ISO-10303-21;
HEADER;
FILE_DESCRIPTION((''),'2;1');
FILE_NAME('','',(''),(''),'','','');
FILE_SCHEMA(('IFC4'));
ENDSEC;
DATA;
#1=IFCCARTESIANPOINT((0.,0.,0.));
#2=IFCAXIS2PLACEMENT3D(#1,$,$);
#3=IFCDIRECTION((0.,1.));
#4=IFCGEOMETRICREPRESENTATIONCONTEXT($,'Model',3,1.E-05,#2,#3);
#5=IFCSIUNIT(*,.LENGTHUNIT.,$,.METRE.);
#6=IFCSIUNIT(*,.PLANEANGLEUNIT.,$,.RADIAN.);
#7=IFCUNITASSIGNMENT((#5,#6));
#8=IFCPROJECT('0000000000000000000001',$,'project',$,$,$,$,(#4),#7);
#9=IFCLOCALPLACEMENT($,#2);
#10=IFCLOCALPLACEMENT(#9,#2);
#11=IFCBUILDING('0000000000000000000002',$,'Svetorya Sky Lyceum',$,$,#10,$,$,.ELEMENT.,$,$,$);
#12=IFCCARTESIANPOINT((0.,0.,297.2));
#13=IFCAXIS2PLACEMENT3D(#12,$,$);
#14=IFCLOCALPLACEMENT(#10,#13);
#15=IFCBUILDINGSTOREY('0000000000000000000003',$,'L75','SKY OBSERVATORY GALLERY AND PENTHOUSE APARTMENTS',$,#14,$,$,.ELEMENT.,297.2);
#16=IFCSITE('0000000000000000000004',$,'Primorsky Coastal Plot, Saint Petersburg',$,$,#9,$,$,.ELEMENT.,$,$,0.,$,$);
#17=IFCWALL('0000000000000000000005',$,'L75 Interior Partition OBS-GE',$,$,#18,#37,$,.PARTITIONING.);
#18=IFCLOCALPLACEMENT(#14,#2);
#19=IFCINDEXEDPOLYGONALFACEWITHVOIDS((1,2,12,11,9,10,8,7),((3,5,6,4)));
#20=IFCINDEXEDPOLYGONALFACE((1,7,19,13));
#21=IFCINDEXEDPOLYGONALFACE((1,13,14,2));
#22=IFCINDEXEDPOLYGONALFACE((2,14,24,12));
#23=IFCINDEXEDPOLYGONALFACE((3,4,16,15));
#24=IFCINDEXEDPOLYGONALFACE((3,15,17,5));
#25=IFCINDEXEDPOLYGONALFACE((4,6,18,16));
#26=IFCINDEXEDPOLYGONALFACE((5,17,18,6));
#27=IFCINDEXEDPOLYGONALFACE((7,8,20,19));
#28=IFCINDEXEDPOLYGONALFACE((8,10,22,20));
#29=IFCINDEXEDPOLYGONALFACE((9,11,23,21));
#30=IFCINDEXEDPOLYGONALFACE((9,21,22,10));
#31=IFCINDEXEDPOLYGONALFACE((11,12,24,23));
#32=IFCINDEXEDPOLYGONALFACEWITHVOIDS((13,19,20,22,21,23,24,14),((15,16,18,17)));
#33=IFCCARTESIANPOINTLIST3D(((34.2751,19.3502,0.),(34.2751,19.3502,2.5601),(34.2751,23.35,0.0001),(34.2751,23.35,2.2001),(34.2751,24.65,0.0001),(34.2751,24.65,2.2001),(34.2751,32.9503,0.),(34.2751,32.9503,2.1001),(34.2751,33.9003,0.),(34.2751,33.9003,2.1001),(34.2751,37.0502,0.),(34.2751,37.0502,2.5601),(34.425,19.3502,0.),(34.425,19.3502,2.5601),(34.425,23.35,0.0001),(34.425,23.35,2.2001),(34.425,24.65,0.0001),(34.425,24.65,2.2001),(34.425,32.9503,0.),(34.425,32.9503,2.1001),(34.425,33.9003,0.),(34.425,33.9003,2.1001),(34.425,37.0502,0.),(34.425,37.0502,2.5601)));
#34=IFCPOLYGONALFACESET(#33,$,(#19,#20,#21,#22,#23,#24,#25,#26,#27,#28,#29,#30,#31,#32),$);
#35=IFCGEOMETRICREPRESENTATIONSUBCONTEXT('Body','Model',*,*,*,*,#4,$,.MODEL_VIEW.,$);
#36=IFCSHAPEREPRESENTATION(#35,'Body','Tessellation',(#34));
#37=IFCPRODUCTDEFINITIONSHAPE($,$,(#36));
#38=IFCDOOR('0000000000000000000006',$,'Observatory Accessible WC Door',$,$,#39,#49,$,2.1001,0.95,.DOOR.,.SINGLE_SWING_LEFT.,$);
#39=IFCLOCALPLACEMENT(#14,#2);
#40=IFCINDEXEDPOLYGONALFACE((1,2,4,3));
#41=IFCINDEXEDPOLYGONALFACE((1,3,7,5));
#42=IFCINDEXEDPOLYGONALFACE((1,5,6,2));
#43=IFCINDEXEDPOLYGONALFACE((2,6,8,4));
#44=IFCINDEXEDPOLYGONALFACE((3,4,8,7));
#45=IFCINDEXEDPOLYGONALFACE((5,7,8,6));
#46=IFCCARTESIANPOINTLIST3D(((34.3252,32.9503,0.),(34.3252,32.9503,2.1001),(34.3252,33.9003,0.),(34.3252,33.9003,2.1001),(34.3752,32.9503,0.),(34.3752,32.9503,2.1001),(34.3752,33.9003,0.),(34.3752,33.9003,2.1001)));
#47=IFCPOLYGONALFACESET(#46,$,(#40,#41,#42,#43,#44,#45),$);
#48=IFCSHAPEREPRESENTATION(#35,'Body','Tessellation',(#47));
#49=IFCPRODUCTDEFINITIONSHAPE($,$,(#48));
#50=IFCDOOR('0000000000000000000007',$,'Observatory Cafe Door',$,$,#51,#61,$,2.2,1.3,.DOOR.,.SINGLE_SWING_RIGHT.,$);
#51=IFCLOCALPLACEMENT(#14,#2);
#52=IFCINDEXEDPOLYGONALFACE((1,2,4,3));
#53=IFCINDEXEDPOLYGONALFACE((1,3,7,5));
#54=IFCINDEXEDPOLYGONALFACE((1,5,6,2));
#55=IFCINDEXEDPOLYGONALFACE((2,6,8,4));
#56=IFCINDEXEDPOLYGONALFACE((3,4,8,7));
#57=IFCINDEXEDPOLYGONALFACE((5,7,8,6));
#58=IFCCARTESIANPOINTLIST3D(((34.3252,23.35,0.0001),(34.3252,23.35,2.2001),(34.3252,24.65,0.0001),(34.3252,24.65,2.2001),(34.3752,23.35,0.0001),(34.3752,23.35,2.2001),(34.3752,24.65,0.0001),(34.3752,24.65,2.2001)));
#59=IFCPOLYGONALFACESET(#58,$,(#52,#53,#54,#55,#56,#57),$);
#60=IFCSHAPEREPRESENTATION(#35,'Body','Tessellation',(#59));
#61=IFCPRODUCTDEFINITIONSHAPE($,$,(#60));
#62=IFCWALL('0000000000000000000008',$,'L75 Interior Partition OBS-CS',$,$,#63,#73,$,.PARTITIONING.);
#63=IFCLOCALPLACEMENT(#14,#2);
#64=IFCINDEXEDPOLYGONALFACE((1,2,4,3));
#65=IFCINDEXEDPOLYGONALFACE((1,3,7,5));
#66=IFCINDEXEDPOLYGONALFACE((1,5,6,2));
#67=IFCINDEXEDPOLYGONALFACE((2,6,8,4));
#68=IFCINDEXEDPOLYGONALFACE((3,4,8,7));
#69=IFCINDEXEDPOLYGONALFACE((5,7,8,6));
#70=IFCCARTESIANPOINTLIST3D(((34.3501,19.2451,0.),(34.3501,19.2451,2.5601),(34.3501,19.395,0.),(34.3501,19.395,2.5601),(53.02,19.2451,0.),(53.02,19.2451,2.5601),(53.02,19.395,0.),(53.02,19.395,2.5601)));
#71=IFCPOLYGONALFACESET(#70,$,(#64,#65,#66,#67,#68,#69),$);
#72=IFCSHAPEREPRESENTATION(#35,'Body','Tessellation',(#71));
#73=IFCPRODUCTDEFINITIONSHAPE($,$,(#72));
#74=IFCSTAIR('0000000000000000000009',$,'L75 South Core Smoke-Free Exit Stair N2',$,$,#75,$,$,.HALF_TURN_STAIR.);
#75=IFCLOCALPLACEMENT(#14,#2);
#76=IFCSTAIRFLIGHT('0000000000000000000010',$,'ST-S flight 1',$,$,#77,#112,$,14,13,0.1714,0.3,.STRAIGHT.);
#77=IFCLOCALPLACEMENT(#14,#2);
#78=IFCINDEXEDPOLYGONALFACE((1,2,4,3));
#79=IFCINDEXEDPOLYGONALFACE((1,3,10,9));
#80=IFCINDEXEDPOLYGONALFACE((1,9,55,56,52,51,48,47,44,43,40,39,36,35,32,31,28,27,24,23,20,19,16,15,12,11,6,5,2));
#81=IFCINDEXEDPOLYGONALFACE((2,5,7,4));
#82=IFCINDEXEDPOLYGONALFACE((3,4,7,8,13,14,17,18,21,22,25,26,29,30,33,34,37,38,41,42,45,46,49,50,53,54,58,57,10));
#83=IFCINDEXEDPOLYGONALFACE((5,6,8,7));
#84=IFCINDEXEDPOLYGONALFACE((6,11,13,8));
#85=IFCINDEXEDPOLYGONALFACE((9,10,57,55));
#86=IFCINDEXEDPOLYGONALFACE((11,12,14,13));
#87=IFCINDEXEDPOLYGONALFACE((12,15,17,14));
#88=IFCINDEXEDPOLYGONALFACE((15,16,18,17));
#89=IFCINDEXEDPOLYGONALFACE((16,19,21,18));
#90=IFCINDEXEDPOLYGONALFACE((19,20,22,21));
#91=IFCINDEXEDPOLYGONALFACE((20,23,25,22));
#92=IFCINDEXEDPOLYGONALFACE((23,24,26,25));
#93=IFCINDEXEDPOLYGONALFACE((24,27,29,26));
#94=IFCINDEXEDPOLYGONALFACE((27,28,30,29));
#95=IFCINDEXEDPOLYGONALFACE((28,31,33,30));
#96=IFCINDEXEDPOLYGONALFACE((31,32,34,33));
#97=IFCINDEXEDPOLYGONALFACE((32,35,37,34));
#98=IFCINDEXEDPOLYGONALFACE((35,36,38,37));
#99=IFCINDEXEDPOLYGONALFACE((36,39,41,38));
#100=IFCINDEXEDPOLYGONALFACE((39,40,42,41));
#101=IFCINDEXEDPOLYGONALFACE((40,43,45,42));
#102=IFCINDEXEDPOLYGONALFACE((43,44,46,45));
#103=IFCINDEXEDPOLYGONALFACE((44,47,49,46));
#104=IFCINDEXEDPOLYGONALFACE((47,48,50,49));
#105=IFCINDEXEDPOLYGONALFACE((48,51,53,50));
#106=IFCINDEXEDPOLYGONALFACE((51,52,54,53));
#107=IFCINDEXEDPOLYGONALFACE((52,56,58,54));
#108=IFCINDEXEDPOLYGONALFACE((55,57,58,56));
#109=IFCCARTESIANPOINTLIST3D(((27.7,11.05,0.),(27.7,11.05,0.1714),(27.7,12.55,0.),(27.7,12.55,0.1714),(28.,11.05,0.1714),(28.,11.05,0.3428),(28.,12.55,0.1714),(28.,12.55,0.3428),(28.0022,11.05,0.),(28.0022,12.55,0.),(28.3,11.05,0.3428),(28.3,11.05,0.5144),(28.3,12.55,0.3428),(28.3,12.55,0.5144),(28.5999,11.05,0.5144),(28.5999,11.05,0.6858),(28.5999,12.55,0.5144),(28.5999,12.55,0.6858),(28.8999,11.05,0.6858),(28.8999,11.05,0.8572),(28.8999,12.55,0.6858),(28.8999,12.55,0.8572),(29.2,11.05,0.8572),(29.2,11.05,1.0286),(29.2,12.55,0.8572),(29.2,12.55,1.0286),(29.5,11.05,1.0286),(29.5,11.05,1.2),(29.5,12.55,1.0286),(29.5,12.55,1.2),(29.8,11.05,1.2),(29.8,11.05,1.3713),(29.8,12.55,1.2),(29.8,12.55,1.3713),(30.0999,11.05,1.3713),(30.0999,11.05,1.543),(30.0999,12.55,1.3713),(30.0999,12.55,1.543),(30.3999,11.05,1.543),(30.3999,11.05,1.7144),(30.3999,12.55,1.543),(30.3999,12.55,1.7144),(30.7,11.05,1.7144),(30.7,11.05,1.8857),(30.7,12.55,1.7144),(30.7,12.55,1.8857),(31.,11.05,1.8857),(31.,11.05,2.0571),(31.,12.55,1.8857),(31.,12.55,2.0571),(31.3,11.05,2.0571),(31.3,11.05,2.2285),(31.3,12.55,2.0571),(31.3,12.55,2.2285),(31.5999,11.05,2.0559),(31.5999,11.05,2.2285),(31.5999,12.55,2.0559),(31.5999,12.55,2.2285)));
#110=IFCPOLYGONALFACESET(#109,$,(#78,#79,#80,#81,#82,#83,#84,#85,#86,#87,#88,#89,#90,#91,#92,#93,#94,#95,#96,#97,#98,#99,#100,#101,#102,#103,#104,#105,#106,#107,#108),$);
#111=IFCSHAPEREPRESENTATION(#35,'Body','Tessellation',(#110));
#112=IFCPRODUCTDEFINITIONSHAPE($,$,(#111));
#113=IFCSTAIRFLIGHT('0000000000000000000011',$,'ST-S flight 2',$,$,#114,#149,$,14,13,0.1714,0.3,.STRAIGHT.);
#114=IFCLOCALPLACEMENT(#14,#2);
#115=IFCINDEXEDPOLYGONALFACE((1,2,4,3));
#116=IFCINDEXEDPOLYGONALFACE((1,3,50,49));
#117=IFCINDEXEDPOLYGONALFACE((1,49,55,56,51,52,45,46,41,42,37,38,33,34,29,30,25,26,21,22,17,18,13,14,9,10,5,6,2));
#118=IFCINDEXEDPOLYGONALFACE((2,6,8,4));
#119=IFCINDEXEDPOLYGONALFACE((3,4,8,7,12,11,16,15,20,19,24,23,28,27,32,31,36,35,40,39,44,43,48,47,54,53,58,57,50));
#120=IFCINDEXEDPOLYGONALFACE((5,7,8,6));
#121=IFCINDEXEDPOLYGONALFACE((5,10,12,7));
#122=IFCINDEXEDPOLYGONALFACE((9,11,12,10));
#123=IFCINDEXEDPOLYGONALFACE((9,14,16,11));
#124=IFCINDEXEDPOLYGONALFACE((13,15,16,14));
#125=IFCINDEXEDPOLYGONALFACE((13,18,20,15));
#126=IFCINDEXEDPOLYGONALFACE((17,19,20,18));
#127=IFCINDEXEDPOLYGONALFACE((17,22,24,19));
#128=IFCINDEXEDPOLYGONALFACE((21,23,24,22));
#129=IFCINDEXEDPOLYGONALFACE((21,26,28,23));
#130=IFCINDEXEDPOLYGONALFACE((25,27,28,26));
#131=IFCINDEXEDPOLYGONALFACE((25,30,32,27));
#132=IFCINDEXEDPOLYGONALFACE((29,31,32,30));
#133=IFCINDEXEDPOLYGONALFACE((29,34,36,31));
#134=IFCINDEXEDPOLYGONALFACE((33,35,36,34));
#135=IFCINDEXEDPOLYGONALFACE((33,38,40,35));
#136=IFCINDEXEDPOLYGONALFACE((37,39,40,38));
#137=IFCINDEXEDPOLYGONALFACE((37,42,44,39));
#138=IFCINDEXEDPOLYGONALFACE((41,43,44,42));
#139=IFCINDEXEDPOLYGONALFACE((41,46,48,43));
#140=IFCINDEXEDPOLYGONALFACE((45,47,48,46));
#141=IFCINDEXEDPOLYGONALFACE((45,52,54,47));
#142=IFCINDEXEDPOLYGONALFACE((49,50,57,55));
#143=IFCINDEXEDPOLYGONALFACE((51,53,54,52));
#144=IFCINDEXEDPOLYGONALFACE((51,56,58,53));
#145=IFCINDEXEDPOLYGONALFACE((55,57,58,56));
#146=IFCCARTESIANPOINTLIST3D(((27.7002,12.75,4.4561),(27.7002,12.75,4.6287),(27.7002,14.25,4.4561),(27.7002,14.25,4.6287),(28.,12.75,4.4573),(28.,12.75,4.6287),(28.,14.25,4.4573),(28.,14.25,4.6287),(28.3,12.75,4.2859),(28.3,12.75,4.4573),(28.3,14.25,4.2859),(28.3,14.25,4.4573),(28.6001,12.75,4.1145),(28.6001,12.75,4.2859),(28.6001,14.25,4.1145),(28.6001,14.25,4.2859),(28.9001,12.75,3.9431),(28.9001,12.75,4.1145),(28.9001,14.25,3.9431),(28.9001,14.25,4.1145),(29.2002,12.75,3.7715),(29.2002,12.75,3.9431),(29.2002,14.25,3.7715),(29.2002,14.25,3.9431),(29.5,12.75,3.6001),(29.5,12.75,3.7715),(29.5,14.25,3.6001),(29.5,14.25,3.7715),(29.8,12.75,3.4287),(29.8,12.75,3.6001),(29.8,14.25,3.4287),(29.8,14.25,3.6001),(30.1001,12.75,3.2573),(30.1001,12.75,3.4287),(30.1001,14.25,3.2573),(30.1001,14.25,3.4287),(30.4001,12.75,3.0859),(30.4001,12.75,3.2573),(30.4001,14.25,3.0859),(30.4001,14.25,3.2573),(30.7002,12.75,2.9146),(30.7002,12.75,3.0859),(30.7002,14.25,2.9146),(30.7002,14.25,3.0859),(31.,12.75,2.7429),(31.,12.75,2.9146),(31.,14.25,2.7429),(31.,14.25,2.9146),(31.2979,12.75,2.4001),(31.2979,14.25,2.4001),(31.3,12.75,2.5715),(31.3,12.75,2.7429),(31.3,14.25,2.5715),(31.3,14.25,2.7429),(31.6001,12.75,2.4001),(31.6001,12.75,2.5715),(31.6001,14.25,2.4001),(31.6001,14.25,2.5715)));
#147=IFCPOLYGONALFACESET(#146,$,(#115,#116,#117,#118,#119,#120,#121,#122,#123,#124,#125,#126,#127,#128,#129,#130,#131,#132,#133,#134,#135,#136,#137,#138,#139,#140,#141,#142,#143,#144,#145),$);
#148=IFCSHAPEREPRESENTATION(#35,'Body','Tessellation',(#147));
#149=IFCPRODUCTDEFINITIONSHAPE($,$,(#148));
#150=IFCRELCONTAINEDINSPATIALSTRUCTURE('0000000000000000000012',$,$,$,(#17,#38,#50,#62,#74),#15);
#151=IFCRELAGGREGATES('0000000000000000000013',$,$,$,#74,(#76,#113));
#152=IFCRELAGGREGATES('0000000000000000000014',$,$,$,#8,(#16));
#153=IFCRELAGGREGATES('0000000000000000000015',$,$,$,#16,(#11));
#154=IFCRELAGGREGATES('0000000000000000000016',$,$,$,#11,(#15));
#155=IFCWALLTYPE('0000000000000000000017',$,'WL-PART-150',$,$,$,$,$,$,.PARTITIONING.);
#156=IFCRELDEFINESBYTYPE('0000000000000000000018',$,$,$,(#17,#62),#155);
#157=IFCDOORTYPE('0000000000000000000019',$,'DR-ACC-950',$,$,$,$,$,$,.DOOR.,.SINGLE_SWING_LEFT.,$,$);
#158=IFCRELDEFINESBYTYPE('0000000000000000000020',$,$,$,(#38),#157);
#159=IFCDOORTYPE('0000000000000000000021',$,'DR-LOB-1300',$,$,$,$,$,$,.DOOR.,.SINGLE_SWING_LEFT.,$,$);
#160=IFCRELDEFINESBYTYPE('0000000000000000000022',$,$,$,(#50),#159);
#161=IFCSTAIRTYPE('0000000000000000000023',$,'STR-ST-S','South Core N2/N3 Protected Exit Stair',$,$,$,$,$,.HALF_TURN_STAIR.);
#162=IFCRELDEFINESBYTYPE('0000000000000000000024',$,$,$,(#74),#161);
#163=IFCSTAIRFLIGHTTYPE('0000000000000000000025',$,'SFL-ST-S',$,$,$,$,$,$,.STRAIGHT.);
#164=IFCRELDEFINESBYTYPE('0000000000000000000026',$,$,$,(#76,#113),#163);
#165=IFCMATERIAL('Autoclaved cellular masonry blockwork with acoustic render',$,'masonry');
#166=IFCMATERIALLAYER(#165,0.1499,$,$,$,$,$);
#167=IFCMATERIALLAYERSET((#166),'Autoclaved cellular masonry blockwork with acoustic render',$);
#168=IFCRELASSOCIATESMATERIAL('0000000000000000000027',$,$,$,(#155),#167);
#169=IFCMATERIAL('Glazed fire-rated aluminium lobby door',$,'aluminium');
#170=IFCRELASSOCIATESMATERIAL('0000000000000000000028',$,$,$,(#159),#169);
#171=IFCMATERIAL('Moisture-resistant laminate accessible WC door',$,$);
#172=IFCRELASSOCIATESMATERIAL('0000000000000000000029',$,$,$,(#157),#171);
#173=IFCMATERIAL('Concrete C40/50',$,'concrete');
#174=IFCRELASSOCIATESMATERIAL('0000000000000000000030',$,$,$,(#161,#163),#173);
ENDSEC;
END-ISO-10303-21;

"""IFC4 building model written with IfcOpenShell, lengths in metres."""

from ifc_helpers import new_model, si_unit, direction, frame, frame_2d, origin, place, context, subcontext, project, spatial, polyline, rectangle, outline, extrude, material, layer, layer_set, type_object, element, fill, aggregate, save


model = new_model("IFC4")

# Units and contexts
model_context = context("Model", 3, precision=1e-05, world=origin(), true_north=direction((0.0, 1.0)))
body_context = subcontext(model_context, "Body", "Model", "MODEL_VIEW")
ifc_project = project(units=[si_unit("LENGTHUNIT", "METRE"), si_unit("PLANEANGLEUNIT", "RADIAN")], contexts=[model_context])

# Site, building, storey
site_placement = place(None, origin())
site = spatial("IfcSite", under=ifc_project, at=site_placement, Name="Primorsky Coastal Plot, Saint Petersburg", CompositionType="ELEMENT", RefElevation=0.0)
building_placement = place(site_placement, origin())
building = spatial("IfcBuilding", under=site, at=building_placement, Name="Svetorya Sky Lyceum", CompositionType="ELEMENT")
storey_placement = place(building_placement, frame((0.0, 0.0, 297.2)))
storey = spatial("IfcBuildingStorey", under=building, at=storey_placement, Name="L75", Description="SKY OBSERVATORY GALLERY AND PENTHOUSE APARTMENTS", CompositionType="ELEMENT", Elevation=297.2)

# Shared definitions
ifc_material_1 = material(Name="Concrete C40/50", Category="concrete")

# Shared definitions
ifc_material_2 = material(Name="Autoclaved cellular masonry blockwork with acoustic render", Category="masonry")
ifc_layer_1 = layer(ifc_material_2, 0.1499)
ifc_layer_set_1 = layer_set([ifc_layer_1], Name="Autoclaved cellular masonry blockwork with acoustic render")
wall_type_1 = type_object("IfcWallType", Name="WL-PART-150", PredefinedType="PARTITIONING", material=ifc_layer_set_1)

# Shared definitions
ifc_material_3 = material(Name="Glazed fire-rated aluminium lobby door", Category="aluminium")
door_type_1 = type_object("IfcDoorType", Name="DR-LOB-1300", OperationType="SINGLE_SWING_LEFT", PredefinedType="DOOR", material=ifc_material_3)

# Wall, openings, doors
wall_1_placement = place(storey_placement, frame((34.3501, 19.3501, 0.0), z_axis=(0.0, 0.0, 1.0), x_axis=(0.0, 1.0, 0.0)))
wall_1 = element("IfcWall", 1, at=wall_1_placement, inside=storey, type_object=wall_type_1, Name="L75 Interior Partition OBS-GE", PredefinedType="PARTITIONING", context=body_context, shape_type="SweptSolid", body=[
    extrude(rectangle(XDim=17.7, YDim=0.1499, at=frame_2d((8.8501, 0.0))), origin(), (0.0, 0.0, 1.0), 2.5601),
])
opening_1_placement = place(wall_1_placement, frame((4.0, 0.0, 0.0)))
opening_1 = element("IfcOpeningElement", 2, at=opening_1_placement, cuts=wall_1, PredefinedType="OPENING", context=body_context, shape_type="SweptSolid", body=[
    extrude(rectangle(XDim=1.3, YDim=2.2, at=frame_2d((0.6499, 1.1001))), frame((0.0, 0.085, 0.0), z_axis=(0.0, -1.0, 0.0), x_axis=(1.0, 0.0, 0.0)), (0.0, 0.0, 1.0), 0.1699),
])
opening_2_placement = place(wall_1_placement, frame((13.6001, 0.0, 0.0)))
opening_2 = element("IfcOpeningElement", 3, at=opening_2_placement, cuts=wall_1, PredefinedType="OPENING", context=body_context, shape_type="SweptSolid", body=[
    extrude(rectangle(XDim=0.95, YDim=2.1001, at=frame_2d((0.4751, 1.05))), frame((0.0, 0.085, 0.0), z_axis=(0.0, -1.0, 0.0), x_axis=(1.0, 0.0, 0.0)), (0.0, 0.0, 1.0), 0.1699),
])
ifc_material_4 = material(Name="Moisture-resistant laminate accessible WC door")
door_type_2 = type_object("IfcDoorType", Name="DR-ACC-950", OperationType="SINGLE_SWING_LEFT", PredefinedType="DOOR", material=ifc_material_4)
door_1_placement = place(opening_2_placement, origin())
door_1 = element("IfcDoor", 4, at=door_1_placement, inside=storey, type_object=door_type_2, Name="Observatory Accessible WC Door", OperationType="SINGLE_SWING_LEFT", OverallHeight=2.1001, OverallWidth=0.95, PredefinedType="DOOR", context=body_context, shape_type="SweptSolid", body=[
    extrude(rectangle(XDim=0.95, YDim=2.1001, at=frame_2d((0.4751, 1.05))), frame((0.0, 0.0249, 0.0), z_axis=(0.0, -1.0, 0.0), x_axis=(1.0, 0.0, 0.0)), (0.0, 0.0, 1.0), 0.05),
])
fill(opening_2, door_1)
door_2_placement = place(opening_1_placement, origin())
door_2 = element("IfcDoor", 5, at=door_2_placement, inside=storey, type_object=door_type_1, Name="Observatory Cafe Door", OperationType="SINGLE_SWING_RIGHT", OverallHeight=2.2, OverallWidth=1.3, PredefinedType="DOOR", context=body_context, shape_type="SweptSolid", body=[
    extrude(rectangle(XDim=1.3, YDim=2.2, at=frame_2d((0.6499, 1.1001))), frame((0.0, 0.0249, 0.0), z_axis=(0.0, -1.0, 0.0), x_axis=(1.0, 0.0, 0.0)), (0.0, 0.0, 1.0), 0.05),
])
fill(opening_1, door_2)

# Wall
wall_2_placement = place(storey_placement, frame((34.3501, 19.3201, 0.0), z_axis=(0.0, 0.0, 1.0), x_axis=(1.0, 0.0, 0.0)))
element("IfcWall", 6, at=wall_2_placement, inside=storey, type_object=wall_type_1, Name="L75 Interior Partition OBS-CS", PredefinedType="PARTITIONING", context=body_context, shape_type="SweptSolid", body=[
    extrude(rectangle(XDim=18.6699, YDim=0.1499, at=frame_2d((9.335, 0.0))), origin(), (0.0, 0.0, 1.0), 2.5601),
])

# Stair, stair flights
stair_type = type_object("IfcStairType", Name="STR-ST-S", Description="South Core N2/N3 Protected Exit Stair", PredefinedType="HALF_TURN_STAIR", material=ifc_material_1)
stair_placement = place(storey_placement, origin())
stair = element("IfcStair", 7, at=stair_placement, inside=storey, type_object=stair_type, Name="L75 South Core Smoke-Free Exit Stair N2", PredefinedType="HALF_TURN_STAIR")
stair_flight_type = type_object("IfcStairFlightType", Name="SFL-ST-S", PredefinedType="STRAIGHT", material=ifc_material_1)
stair_flight_1_placement = place(storey_placement, frame((27.7, 11.8, 0.0), z_axis=(0.0, 0.0, 1.0), x_axis=(1.0, 0.0, 0.0)))
stair_flight_1 = element("IfcStairFlight", 8, at=stair_flight_1_placement, type_object=stair_flight_type, Name="ST-S flight 1", NumberOfRisers=14, NumberOfTreads=13, PredefinedType="STRAIGHT", RiserHeight=0.1714, TreadLength=0.3, context=body_context, shape_type="SweptSolid", body=[
    extrude(outline(polyline([(0.0, 0.0), (0.0, 0.1714), (0.3, 0.1714), (0.3, 0.3428), (0.6001, 0.3428), (0.6001, 0.5144), (0.8999, 0.5144), (0.8999, 0.6858), (1.2, 0.6858), (1.2, 0.8572), (1.5, 0.8572), (1.5, 1.0286), (1.8, 1.0286), (1.8, 1.2), (2.1001, 1.2), (2.1001, 1.3713), (2.3999, 1.3713), (2.3999, 1.543), (2.7, 1.543), (2.7, 1.7144), (3.0, 1.7144), (3.0, 1.8857), (3.3, 1.8857), (3.3, 2.0571), (3.6001, 2.0571), (3.6001, 2.2285), (3.8999, 2.2285), (3.8999, 2.3999), (3.8999, 2.0559), (0.3022, 0.0), (0.0, 0.0)])), frame((0.0, 0.75, 0.0), z_axis=(0.0, -1.0, 0.0), x_axis=(1.0, 0.0, 0.0)), (0.0, 0.0, 1.0), 1.5),
])
stair_flight_2_placement = place(storey_placement, frame((31.6001, 13.5, 2.4001), z_axis=(0.0, 0.0, 1.0), x_axis=(-1.0, 0.0, 0.0)))
stair_flight_2 = element("IfcStairFlight", 9, at=stair_flight_2_placement, type_object=stair_flight_type, Name="ST-S flight 2", NumberOfRisers=14, NumberOfTreads=13, PredefinedType="STRAIGHT", RiserHeight=0.1714, TreadLength=0.3, context=body_context, shape_type="SweptSolid", body=[
    extrude(outline(polyline([(0.0, 0.0), (0.0, 0.1714), (0.3, 0.1714), (0.3, 0.3428), (0.6001, 0.3428), (0.6001, 0.5144), (0.8999, 0.5144), (0.8999, 0.6858), (1.2, 0.6858), (1.2, 0.8572), (1.5, 0.8572), (1.5, 1.0286), (1.8, 1.0286), (1.8, 1.2), (2.1001, 1.2), (2.1001, 1.3713), (2.3999, 1.3713), (2.3999, 1.543), (2.7, 1.543), (2.7, 1.7144), (3.0, 1.7144), (3.0, 1.8857), (3.3, 1.8857), (3.3, 2.0571), (3.6001, 2.0571), (3.6001, 2.2285), (3.8999, 2.2285), (3.8999, 2.3999), (3.8999, 2.0559), (0.3022, 0.0), (0.0, 0.0)])), frame((0.0, 0.75, 0.0), z_axis=(0.0, -1.0, 0.0), x_axis=(1.0, 0.0, 0.0)), (0.0, 0.0, 1.0), 1.5),
])
aggregate(stair, [stair_flight_1, stair_flight_2])

save(model, "model.ifc")
